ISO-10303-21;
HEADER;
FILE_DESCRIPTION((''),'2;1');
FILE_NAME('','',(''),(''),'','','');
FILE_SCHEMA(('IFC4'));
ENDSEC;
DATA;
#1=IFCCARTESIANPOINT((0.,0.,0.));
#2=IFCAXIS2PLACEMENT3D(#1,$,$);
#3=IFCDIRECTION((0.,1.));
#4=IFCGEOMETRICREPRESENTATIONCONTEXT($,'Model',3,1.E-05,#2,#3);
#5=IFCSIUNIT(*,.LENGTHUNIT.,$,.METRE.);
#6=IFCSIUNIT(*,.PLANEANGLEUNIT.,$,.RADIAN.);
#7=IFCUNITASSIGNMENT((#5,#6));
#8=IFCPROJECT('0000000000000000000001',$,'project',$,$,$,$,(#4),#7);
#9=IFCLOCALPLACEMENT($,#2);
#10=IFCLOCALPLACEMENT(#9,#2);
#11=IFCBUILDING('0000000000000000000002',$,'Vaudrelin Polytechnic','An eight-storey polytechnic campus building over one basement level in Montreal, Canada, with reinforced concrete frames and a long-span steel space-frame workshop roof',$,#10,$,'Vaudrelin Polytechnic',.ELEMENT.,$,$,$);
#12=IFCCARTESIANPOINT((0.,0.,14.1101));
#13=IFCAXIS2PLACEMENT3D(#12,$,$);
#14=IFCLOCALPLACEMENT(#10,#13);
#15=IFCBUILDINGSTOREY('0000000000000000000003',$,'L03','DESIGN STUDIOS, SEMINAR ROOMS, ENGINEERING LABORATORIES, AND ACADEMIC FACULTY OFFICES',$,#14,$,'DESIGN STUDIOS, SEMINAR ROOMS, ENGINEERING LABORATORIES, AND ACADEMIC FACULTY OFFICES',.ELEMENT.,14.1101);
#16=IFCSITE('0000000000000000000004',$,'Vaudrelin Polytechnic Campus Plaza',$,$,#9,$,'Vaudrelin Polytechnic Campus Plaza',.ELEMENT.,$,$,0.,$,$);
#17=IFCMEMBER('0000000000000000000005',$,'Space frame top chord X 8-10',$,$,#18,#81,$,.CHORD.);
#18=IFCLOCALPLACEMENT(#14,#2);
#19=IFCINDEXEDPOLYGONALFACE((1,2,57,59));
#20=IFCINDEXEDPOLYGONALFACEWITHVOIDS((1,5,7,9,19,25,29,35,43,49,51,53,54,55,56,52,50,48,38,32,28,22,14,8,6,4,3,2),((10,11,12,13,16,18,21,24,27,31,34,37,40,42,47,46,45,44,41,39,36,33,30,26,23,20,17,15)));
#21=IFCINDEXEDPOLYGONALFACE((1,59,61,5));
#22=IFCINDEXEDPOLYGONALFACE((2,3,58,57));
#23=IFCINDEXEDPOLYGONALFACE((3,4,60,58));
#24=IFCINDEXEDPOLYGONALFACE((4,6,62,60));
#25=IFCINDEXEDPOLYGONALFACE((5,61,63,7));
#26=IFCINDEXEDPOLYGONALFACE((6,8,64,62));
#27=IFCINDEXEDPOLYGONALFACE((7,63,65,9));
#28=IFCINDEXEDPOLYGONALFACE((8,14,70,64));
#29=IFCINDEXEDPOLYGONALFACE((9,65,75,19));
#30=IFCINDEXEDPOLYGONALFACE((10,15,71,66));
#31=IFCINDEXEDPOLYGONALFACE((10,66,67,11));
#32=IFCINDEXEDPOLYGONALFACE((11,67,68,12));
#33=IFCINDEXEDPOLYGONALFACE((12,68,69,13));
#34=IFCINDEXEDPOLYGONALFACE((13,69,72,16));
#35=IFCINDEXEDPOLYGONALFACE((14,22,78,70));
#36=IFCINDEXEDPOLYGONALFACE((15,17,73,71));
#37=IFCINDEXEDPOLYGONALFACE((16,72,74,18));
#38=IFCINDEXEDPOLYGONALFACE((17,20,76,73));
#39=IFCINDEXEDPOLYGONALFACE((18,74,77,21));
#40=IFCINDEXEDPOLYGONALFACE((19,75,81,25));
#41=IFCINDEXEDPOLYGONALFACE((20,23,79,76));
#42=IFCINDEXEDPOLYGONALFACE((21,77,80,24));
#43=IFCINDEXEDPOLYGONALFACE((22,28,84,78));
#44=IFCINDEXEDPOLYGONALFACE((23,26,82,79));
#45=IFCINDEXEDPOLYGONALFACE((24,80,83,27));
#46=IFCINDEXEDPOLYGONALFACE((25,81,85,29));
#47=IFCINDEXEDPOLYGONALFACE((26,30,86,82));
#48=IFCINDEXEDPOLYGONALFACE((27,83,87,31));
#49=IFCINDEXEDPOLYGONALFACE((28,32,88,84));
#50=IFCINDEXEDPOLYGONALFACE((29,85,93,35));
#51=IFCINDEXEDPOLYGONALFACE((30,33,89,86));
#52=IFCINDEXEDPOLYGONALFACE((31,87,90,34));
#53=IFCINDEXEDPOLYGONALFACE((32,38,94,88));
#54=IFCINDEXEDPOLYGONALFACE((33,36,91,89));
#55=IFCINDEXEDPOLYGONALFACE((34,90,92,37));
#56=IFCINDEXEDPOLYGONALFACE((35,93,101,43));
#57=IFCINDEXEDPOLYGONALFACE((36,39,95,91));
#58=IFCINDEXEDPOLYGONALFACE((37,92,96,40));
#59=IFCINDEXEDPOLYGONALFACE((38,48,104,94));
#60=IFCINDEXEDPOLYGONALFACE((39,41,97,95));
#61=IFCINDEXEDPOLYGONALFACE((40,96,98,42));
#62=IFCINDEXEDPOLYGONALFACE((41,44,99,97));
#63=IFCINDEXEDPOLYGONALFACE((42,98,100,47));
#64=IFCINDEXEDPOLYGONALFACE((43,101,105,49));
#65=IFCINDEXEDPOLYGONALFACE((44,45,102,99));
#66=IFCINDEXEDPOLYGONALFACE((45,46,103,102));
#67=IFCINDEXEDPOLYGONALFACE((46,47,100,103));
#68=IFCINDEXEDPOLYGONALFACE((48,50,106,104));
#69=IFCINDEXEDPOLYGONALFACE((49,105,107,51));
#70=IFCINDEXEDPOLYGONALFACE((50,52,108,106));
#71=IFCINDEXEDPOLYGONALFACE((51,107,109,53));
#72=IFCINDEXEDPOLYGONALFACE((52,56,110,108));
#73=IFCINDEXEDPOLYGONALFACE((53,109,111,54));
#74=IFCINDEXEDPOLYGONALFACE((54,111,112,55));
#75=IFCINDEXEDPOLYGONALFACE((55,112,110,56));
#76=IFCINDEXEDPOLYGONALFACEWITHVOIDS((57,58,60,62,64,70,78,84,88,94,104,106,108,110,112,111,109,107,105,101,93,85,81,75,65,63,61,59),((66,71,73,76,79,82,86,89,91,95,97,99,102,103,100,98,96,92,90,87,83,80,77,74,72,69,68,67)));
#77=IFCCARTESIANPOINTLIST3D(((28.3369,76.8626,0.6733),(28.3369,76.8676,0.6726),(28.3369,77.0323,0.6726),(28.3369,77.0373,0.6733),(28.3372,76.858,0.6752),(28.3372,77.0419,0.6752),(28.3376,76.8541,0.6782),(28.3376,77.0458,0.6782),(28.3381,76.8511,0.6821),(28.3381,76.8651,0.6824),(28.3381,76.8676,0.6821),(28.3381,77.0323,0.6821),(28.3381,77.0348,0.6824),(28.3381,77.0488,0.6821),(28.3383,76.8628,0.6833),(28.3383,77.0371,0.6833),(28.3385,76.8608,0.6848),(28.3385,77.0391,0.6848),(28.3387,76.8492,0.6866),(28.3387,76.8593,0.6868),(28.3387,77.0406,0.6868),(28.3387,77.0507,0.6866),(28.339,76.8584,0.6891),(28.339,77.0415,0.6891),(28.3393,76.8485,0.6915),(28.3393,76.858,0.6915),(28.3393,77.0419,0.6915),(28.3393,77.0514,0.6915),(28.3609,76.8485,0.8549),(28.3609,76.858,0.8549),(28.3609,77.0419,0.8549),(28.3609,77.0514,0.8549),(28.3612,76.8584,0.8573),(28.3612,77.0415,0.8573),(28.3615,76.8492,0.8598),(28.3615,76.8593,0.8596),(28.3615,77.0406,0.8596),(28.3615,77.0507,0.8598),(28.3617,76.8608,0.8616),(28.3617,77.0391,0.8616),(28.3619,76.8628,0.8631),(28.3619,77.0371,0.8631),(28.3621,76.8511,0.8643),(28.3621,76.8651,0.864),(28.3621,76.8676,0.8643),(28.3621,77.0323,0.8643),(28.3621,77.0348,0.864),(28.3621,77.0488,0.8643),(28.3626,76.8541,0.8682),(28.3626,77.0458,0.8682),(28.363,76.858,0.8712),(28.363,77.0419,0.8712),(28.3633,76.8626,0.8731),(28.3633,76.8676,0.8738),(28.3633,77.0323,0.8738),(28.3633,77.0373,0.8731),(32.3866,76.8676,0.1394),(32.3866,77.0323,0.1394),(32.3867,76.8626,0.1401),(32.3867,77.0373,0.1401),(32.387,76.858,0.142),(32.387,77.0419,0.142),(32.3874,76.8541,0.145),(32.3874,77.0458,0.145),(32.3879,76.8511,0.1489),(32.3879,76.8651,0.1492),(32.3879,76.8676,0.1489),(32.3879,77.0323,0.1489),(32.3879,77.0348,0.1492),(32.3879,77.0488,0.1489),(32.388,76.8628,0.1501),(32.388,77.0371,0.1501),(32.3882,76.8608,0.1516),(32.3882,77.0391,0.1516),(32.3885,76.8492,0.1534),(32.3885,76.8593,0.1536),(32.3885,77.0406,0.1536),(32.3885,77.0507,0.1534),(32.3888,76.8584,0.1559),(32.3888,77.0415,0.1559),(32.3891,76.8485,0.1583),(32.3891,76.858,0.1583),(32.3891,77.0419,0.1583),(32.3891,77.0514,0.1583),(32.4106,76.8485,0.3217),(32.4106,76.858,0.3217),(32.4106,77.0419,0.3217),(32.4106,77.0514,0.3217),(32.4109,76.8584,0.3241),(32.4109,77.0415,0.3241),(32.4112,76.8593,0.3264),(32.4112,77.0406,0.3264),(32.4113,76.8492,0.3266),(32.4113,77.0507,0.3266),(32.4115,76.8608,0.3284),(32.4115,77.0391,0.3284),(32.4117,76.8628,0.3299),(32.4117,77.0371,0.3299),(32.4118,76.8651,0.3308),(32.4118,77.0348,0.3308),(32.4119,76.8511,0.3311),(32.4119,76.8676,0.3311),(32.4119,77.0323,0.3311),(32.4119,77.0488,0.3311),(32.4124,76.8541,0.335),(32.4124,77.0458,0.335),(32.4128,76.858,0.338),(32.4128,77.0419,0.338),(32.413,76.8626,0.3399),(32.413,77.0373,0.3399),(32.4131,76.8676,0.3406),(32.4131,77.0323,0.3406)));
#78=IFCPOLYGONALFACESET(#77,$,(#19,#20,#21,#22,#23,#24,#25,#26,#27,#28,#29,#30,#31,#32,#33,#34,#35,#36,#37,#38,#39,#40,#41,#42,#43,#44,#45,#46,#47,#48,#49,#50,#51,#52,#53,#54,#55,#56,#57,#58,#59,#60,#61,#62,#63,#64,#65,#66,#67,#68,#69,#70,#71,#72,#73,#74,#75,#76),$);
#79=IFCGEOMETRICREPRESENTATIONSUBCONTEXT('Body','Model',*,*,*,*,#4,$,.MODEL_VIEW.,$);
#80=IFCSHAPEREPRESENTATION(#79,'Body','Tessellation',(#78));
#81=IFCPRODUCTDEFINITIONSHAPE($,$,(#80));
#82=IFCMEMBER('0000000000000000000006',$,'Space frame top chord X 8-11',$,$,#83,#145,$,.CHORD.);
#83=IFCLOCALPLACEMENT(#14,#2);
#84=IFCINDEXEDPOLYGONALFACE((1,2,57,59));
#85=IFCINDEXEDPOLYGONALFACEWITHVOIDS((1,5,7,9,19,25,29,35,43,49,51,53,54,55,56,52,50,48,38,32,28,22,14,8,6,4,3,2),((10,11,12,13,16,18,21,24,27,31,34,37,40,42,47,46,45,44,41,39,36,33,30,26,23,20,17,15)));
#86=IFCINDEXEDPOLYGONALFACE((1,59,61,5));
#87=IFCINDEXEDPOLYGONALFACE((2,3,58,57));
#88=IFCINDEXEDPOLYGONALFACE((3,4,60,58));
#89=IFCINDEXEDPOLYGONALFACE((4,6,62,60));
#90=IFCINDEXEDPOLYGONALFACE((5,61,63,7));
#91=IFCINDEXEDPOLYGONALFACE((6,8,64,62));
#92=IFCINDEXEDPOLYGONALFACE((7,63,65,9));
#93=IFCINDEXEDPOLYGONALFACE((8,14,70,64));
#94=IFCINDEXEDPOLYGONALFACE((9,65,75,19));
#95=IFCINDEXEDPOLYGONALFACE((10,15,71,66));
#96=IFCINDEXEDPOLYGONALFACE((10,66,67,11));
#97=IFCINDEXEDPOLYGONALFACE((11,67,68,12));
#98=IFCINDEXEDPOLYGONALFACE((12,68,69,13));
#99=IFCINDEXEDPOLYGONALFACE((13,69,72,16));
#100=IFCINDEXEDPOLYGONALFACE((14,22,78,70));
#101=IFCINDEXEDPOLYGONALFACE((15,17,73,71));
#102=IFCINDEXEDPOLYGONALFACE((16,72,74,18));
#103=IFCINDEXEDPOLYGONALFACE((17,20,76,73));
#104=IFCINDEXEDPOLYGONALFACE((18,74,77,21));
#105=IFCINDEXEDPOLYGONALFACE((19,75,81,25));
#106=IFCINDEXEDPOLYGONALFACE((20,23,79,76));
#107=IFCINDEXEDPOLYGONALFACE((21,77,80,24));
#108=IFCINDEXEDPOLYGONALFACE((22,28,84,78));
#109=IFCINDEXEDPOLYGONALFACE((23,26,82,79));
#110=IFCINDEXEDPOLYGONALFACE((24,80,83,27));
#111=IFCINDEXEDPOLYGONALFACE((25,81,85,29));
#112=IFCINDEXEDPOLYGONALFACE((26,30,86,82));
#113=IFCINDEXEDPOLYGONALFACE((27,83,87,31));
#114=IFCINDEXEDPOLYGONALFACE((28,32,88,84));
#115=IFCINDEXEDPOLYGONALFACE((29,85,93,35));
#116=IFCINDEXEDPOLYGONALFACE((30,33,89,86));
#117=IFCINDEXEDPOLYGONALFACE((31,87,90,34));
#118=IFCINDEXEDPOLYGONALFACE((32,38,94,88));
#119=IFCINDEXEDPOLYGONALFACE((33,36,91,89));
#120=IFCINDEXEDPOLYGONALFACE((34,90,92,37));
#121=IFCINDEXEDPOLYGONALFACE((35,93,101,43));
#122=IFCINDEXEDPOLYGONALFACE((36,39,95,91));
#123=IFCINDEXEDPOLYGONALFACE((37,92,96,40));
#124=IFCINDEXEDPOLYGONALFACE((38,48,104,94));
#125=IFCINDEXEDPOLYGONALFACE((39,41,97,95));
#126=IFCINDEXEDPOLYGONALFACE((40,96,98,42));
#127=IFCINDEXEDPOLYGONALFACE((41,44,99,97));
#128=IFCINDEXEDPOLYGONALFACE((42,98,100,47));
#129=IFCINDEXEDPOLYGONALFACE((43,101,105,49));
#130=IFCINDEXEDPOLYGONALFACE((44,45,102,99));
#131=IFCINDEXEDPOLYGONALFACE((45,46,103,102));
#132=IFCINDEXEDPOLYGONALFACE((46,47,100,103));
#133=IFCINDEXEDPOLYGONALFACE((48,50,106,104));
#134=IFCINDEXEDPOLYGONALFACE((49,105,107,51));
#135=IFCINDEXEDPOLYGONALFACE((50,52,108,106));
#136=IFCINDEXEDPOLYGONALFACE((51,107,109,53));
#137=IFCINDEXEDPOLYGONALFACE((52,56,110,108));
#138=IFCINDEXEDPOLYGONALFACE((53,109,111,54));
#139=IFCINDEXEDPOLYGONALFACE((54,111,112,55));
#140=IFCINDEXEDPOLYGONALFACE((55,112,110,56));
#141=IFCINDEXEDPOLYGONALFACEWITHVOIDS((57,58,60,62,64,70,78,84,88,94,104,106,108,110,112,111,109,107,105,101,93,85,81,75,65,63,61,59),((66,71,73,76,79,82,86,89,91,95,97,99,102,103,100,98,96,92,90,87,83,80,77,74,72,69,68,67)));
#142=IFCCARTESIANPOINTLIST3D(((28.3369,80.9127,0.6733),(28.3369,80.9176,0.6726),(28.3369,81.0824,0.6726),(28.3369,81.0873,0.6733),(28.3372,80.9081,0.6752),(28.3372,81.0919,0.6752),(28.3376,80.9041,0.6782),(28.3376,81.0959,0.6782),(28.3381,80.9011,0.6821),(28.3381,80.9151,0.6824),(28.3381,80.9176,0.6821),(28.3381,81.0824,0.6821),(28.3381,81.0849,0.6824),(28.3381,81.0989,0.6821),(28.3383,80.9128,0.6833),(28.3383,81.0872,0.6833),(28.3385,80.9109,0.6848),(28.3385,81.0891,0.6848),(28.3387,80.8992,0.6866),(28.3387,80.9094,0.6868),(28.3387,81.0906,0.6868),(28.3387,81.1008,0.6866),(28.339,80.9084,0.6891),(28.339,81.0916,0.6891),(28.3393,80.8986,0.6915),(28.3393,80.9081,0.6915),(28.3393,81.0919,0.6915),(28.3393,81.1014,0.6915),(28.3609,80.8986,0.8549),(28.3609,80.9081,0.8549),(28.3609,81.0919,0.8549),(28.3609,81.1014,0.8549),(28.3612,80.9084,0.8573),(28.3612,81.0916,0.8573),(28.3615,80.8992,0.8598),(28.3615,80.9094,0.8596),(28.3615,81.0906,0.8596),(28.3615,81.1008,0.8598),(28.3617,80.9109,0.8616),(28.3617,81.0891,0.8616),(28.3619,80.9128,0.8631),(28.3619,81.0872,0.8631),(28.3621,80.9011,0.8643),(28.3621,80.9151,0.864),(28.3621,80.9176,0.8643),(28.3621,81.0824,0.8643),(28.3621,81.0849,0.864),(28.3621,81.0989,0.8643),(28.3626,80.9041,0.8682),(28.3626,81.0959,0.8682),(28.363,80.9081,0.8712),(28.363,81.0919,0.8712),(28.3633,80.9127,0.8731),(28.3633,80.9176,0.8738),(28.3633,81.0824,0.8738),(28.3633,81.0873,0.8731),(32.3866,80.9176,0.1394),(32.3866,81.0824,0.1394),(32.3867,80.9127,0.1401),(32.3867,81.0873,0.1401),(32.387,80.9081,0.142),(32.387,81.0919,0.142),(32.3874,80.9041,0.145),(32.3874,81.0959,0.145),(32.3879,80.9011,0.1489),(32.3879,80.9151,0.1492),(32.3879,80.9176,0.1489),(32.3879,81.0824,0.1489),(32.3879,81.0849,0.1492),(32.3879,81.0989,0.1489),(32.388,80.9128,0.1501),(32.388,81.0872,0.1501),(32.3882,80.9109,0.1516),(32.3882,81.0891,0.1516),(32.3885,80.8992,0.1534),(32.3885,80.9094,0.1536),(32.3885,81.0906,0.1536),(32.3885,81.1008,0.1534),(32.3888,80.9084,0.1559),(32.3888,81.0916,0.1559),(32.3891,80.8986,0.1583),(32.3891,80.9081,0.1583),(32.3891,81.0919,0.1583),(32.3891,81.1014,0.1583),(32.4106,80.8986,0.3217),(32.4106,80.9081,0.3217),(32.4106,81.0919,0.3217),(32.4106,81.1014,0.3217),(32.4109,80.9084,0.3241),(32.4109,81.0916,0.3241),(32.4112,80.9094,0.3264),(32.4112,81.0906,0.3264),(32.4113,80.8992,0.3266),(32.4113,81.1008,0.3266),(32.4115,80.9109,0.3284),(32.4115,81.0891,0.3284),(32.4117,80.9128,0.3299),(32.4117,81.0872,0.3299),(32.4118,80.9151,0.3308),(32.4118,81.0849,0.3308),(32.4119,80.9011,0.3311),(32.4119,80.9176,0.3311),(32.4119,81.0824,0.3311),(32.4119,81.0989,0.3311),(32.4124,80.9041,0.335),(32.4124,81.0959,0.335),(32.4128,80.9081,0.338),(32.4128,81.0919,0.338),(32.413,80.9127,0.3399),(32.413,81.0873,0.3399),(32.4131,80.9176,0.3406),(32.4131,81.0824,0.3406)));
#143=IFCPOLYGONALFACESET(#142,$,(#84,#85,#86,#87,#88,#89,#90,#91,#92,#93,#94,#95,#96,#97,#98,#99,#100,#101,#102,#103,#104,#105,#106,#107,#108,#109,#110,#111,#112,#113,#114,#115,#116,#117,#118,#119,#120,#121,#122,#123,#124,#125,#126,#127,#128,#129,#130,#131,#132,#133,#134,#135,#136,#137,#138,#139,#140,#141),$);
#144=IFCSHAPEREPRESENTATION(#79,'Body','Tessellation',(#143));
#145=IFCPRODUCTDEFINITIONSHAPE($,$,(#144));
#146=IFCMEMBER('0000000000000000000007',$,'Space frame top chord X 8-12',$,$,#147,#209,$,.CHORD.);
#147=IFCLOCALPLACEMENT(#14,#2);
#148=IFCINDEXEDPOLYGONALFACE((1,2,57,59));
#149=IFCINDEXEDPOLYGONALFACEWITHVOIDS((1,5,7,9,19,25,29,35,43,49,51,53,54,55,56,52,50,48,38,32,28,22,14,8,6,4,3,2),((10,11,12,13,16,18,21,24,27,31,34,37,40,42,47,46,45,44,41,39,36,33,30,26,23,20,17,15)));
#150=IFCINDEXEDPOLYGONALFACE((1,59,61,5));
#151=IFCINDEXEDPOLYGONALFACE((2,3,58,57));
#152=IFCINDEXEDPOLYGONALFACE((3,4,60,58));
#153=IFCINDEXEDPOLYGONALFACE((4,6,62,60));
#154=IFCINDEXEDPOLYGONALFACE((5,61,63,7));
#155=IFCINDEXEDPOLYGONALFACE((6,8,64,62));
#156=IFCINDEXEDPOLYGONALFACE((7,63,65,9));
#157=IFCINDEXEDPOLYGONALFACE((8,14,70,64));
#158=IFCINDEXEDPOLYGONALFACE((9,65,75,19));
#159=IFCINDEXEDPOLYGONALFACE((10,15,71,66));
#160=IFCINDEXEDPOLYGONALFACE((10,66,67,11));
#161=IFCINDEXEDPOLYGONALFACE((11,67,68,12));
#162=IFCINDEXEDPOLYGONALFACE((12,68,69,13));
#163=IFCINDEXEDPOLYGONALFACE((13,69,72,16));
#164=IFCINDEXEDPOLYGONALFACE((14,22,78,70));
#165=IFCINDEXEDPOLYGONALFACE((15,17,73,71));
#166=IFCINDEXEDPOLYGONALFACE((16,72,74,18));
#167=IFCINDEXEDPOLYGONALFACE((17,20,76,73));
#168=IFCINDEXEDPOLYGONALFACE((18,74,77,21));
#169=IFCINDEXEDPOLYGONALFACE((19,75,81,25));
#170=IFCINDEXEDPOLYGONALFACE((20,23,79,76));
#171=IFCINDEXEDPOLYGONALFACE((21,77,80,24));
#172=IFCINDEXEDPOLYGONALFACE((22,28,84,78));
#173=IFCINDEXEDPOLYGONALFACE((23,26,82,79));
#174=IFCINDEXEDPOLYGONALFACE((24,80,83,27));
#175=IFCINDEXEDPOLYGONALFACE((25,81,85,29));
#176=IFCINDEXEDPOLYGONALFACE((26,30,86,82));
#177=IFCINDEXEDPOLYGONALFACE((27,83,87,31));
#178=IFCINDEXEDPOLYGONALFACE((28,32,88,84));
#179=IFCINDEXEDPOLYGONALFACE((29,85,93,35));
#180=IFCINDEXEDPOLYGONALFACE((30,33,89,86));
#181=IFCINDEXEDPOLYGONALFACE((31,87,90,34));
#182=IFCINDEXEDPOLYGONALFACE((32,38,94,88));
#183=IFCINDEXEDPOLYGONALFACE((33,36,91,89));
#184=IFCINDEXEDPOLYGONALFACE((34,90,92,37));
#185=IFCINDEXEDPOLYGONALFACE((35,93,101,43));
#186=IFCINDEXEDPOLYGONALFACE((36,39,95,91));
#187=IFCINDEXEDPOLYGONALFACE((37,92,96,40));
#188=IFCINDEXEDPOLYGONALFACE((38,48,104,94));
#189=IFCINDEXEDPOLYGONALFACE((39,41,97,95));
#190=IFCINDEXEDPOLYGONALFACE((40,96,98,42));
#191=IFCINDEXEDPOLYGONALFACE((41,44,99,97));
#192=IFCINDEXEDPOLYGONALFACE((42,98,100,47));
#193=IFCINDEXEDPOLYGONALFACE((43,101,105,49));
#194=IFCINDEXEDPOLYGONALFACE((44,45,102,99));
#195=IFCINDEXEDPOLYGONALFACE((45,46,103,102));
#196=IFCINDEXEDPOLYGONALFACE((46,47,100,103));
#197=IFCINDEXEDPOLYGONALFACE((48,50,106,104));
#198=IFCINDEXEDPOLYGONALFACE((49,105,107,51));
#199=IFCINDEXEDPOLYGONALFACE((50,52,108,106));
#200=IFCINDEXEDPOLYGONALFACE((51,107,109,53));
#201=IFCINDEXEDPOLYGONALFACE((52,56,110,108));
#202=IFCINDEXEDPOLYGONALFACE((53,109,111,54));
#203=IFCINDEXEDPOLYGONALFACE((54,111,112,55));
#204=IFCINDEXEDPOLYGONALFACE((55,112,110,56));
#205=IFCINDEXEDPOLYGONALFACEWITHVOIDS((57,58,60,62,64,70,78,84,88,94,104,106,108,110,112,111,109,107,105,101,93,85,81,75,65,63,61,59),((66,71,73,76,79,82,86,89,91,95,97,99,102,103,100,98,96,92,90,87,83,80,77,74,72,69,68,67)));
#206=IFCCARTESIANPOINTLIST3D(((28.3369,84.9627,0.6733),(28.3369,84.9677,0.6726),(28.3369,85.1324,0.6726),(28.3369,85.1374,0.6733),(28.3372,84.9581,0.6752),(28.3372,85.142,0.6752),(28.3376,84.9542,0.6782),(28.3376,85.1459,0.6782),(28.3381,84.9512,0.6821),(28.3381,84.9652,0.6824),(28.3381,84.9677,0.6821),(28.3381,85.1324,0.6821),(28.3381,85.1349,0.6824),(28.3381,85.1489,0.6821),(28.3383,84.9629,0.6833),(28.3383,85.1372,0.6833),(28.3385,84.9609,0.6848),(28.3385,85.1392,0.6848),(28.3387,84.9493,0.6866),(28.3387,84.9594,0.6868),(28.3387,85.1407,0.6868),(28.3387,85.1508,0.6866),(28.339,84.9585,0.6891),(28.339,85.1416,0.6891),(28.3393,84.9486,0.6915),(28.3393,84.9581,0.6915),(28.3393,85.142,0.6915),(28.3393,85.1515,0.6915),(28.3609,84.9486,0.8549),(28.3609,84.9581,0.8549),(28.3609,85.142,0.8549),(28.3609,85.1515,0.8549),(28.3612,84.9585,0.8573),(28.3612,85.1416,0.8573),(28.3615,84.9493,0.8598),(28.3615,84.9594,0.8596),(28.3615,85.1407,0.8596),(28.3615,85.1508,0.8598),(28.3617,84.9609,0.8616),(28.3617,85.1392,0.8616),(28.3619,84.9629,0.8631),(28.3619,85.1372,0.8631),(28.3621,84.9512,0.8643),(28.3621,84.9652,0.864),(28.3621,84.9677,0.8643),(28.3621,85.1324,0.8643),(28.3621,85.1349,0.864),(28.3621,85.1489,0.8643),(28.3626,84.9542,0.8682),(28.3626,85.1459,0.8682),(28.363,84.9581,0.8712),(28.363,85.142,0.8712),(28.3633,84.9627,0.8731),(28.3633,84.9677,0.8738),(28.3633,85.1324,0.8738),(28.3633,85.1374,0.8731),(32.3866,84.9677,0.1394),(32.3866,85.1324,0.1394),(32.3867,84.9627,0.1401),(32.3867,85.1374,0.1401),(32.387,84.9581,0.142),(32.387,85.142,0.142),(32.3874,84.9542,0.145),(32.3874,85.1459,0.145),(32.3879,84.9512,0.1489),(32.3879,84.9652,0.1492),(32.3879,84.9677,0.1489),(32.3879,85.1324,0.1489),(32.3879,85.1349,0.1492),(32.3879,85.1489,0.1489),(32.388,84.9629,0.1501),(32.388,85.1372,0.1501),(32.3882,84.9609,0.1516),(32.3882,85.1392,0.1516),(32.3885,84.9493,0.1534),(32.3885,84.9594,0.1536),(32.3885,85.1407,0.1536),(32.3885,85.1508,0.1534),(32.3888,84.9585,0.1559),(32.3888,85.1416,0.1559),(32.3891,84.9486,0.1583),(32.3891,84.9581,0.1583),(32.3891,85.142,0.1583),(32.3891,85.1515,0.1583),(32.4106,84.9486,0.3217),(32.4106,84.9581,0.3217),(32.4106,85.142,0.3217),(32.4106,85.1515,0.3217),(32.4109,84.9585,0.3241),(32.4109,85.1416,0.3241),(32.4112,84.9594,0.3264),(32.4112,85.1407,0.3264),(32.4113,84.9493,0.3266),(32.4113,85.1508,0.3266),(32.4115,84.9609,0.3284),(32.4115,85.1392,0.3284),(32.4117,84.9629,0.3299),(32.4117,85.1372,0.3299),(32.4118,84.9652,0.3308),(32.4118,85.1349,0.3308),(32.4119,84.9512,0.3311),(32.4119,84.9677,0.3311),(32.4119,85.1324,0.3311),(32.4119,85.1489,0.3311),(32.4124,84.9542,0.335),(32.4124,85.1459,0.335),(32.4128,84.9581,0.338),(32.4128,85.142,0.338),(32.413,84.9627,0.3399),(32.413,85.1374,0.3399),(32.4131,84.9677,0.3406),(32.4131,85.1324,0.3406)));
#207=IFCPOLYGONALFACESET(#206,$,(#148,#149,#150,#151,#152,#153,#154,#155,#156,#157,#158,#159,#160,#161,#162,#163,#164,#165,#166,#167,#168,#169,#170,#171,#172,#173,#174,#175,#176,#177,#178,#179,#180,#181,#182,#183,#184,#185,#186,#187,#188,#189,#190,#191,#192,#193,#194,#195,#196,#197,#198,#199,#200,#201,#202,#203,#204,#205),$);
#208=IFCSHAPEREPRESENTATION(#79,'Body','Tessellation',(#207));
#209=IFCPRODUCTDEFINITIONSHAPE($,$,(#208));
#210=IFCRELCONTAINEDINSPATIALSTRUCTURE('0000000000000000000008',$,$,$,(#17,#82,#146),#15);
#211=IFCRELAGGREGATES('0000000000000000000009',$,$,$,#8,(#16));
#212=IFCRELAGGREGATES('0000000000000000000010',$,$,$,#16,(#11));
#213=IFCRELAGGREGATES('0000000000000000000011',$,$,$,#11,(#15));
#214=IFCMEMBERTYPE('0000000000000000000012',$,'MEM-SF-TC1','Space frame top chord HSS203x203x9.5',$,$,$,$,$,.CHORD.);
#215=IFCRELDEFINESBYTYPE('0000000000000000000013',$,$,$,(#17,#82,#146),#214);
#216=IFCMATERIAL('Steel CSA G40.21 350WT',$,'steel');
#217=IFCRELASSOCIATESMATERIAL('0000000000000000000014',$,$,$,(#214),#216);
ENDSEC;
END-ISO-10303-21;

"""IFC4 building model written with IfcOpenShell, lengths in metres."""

from ifc_helpers import new_model, si_unit, direction, frame, origin, origin_2d, place, context, subcontext, project, spatial, hollow_rectangle, extrude, material, material_profile, profile_set, type_object, element, save


model = new_model("IFC4")

# Units and contexts
model_context = context("Model", 3, precision=1e-05, world=origin(), true_north=direction((0.0, 1.0)))
body_context = subcontext(model_context, "Body", "Model", "MODEL_VIEW")
ifc_project = project(units=[si_unit("LENGTHUNIT", "METRE"), si_unit("PLANEANGLEUNIT", "RADIAN")], contexts=[model_context])

# Site, building, storey
site_placement = place(None, origin())
site = spatial("IfcSite", under=ifc_project, at=site_placement, Name="Vaudrelin Polytechnic Campus Plaza", LongName="Vaudrelin Polytechnic Campus Plaza", CompositionType="ELEMENT", RefElevation=0.0)
building_placement = place(site_placement, origin())
building = spatial("IfcBuilding", under=site, at=building_placement, Name="Vaudrelin Polytechnic", Description="An eight-storey polytechnic campus building over one basement level in Montreal, Canada, with reinforced concrete frames and a long-span steel space-frame workshop roof", LongName="Vaudrelin Polytechnic", CompositionType="ELEMENT")
storey_placement = place(building_placement, frame((0.0, 0.0, 14.1101)))
storey = spatial("IfcBuildingStorey", under=building, at=storey_placement, Name="L03", Description="DESIGN STUDIOS, SEMINAR ROOMS, ENGINEERING LABORATORIES, AND ACADEMIC FACULTY OFFICES", LongName="DESIGN STUDIOS, SEMINAR ROOMS, ENGINEERING LABORATORIES, AND ACADEMIC FACULTY OFFICES", CompositionType="ELEMENT", Elevation=14.1101)

# Members
ifc_material = material(Name="Steel CSA G40.21 350WT", Category="steel")
ifc_material_profile_1 = material_profile(ifc_material, hollow_rectangle(XDim=0.2029, YDim=0.2029, WallThickness=0.0095, InnerFilletRadius=0.0095, OuterFilletRadius=0.019, at=origin_2d()), Name="HSS203x203x9.5")
ifc_profile_set_1 = profile_set([ifc_material_profile_1], Name="Steel CSA G40.21 350WT")
member_type_1 = type_object("IfcMemberType", Name="MEM-SF-TC1", Description="Space frame top chord HSS203x203x9.5", PredefinedType="CHORD", material=ifc_profile_set_1)
for number, where, z_axis, x_axis, name in (
    (1, (28.3501, 76.95, 0.7732), (0.991444, 0.0, -0.130535), (0.0, 1.0, 0.0), "Space frame top chord X 8-10"),
    (2, (28.3501, 81.0, 0.7732), (0.991444, 0.0, -0.130535), (0.0, 1.0, 0.0), "Space frame top chord X 8-11"),
    (3, (28.3501, 85.05, 0.7732), (0.991444, 0.0, -0.130535), (0.0, 1.0, 0.0), "Space frame top chord X 8-12"),
):
    element("IfcMember", number, at=place(storey_placement, frame(where, z_axis=z_axis, x_axis=x_axis)), inside=storey, type_object=member_type_1, Name=name, PredefinedType="CHORD", context=body_context, shape_type="SweptSolid", body=[
        extrude(hollow_rectangle(XDim=0.2029, YDim=0.2029, WallThickness=0.0095, InnerFilletRadius=0.0095, OuterFilletRadius=0.019, at=origin_2d()), origin(), (0.0, 0.0, 1.0), 4.0847),
    ])

save(model, "model.ifc")
